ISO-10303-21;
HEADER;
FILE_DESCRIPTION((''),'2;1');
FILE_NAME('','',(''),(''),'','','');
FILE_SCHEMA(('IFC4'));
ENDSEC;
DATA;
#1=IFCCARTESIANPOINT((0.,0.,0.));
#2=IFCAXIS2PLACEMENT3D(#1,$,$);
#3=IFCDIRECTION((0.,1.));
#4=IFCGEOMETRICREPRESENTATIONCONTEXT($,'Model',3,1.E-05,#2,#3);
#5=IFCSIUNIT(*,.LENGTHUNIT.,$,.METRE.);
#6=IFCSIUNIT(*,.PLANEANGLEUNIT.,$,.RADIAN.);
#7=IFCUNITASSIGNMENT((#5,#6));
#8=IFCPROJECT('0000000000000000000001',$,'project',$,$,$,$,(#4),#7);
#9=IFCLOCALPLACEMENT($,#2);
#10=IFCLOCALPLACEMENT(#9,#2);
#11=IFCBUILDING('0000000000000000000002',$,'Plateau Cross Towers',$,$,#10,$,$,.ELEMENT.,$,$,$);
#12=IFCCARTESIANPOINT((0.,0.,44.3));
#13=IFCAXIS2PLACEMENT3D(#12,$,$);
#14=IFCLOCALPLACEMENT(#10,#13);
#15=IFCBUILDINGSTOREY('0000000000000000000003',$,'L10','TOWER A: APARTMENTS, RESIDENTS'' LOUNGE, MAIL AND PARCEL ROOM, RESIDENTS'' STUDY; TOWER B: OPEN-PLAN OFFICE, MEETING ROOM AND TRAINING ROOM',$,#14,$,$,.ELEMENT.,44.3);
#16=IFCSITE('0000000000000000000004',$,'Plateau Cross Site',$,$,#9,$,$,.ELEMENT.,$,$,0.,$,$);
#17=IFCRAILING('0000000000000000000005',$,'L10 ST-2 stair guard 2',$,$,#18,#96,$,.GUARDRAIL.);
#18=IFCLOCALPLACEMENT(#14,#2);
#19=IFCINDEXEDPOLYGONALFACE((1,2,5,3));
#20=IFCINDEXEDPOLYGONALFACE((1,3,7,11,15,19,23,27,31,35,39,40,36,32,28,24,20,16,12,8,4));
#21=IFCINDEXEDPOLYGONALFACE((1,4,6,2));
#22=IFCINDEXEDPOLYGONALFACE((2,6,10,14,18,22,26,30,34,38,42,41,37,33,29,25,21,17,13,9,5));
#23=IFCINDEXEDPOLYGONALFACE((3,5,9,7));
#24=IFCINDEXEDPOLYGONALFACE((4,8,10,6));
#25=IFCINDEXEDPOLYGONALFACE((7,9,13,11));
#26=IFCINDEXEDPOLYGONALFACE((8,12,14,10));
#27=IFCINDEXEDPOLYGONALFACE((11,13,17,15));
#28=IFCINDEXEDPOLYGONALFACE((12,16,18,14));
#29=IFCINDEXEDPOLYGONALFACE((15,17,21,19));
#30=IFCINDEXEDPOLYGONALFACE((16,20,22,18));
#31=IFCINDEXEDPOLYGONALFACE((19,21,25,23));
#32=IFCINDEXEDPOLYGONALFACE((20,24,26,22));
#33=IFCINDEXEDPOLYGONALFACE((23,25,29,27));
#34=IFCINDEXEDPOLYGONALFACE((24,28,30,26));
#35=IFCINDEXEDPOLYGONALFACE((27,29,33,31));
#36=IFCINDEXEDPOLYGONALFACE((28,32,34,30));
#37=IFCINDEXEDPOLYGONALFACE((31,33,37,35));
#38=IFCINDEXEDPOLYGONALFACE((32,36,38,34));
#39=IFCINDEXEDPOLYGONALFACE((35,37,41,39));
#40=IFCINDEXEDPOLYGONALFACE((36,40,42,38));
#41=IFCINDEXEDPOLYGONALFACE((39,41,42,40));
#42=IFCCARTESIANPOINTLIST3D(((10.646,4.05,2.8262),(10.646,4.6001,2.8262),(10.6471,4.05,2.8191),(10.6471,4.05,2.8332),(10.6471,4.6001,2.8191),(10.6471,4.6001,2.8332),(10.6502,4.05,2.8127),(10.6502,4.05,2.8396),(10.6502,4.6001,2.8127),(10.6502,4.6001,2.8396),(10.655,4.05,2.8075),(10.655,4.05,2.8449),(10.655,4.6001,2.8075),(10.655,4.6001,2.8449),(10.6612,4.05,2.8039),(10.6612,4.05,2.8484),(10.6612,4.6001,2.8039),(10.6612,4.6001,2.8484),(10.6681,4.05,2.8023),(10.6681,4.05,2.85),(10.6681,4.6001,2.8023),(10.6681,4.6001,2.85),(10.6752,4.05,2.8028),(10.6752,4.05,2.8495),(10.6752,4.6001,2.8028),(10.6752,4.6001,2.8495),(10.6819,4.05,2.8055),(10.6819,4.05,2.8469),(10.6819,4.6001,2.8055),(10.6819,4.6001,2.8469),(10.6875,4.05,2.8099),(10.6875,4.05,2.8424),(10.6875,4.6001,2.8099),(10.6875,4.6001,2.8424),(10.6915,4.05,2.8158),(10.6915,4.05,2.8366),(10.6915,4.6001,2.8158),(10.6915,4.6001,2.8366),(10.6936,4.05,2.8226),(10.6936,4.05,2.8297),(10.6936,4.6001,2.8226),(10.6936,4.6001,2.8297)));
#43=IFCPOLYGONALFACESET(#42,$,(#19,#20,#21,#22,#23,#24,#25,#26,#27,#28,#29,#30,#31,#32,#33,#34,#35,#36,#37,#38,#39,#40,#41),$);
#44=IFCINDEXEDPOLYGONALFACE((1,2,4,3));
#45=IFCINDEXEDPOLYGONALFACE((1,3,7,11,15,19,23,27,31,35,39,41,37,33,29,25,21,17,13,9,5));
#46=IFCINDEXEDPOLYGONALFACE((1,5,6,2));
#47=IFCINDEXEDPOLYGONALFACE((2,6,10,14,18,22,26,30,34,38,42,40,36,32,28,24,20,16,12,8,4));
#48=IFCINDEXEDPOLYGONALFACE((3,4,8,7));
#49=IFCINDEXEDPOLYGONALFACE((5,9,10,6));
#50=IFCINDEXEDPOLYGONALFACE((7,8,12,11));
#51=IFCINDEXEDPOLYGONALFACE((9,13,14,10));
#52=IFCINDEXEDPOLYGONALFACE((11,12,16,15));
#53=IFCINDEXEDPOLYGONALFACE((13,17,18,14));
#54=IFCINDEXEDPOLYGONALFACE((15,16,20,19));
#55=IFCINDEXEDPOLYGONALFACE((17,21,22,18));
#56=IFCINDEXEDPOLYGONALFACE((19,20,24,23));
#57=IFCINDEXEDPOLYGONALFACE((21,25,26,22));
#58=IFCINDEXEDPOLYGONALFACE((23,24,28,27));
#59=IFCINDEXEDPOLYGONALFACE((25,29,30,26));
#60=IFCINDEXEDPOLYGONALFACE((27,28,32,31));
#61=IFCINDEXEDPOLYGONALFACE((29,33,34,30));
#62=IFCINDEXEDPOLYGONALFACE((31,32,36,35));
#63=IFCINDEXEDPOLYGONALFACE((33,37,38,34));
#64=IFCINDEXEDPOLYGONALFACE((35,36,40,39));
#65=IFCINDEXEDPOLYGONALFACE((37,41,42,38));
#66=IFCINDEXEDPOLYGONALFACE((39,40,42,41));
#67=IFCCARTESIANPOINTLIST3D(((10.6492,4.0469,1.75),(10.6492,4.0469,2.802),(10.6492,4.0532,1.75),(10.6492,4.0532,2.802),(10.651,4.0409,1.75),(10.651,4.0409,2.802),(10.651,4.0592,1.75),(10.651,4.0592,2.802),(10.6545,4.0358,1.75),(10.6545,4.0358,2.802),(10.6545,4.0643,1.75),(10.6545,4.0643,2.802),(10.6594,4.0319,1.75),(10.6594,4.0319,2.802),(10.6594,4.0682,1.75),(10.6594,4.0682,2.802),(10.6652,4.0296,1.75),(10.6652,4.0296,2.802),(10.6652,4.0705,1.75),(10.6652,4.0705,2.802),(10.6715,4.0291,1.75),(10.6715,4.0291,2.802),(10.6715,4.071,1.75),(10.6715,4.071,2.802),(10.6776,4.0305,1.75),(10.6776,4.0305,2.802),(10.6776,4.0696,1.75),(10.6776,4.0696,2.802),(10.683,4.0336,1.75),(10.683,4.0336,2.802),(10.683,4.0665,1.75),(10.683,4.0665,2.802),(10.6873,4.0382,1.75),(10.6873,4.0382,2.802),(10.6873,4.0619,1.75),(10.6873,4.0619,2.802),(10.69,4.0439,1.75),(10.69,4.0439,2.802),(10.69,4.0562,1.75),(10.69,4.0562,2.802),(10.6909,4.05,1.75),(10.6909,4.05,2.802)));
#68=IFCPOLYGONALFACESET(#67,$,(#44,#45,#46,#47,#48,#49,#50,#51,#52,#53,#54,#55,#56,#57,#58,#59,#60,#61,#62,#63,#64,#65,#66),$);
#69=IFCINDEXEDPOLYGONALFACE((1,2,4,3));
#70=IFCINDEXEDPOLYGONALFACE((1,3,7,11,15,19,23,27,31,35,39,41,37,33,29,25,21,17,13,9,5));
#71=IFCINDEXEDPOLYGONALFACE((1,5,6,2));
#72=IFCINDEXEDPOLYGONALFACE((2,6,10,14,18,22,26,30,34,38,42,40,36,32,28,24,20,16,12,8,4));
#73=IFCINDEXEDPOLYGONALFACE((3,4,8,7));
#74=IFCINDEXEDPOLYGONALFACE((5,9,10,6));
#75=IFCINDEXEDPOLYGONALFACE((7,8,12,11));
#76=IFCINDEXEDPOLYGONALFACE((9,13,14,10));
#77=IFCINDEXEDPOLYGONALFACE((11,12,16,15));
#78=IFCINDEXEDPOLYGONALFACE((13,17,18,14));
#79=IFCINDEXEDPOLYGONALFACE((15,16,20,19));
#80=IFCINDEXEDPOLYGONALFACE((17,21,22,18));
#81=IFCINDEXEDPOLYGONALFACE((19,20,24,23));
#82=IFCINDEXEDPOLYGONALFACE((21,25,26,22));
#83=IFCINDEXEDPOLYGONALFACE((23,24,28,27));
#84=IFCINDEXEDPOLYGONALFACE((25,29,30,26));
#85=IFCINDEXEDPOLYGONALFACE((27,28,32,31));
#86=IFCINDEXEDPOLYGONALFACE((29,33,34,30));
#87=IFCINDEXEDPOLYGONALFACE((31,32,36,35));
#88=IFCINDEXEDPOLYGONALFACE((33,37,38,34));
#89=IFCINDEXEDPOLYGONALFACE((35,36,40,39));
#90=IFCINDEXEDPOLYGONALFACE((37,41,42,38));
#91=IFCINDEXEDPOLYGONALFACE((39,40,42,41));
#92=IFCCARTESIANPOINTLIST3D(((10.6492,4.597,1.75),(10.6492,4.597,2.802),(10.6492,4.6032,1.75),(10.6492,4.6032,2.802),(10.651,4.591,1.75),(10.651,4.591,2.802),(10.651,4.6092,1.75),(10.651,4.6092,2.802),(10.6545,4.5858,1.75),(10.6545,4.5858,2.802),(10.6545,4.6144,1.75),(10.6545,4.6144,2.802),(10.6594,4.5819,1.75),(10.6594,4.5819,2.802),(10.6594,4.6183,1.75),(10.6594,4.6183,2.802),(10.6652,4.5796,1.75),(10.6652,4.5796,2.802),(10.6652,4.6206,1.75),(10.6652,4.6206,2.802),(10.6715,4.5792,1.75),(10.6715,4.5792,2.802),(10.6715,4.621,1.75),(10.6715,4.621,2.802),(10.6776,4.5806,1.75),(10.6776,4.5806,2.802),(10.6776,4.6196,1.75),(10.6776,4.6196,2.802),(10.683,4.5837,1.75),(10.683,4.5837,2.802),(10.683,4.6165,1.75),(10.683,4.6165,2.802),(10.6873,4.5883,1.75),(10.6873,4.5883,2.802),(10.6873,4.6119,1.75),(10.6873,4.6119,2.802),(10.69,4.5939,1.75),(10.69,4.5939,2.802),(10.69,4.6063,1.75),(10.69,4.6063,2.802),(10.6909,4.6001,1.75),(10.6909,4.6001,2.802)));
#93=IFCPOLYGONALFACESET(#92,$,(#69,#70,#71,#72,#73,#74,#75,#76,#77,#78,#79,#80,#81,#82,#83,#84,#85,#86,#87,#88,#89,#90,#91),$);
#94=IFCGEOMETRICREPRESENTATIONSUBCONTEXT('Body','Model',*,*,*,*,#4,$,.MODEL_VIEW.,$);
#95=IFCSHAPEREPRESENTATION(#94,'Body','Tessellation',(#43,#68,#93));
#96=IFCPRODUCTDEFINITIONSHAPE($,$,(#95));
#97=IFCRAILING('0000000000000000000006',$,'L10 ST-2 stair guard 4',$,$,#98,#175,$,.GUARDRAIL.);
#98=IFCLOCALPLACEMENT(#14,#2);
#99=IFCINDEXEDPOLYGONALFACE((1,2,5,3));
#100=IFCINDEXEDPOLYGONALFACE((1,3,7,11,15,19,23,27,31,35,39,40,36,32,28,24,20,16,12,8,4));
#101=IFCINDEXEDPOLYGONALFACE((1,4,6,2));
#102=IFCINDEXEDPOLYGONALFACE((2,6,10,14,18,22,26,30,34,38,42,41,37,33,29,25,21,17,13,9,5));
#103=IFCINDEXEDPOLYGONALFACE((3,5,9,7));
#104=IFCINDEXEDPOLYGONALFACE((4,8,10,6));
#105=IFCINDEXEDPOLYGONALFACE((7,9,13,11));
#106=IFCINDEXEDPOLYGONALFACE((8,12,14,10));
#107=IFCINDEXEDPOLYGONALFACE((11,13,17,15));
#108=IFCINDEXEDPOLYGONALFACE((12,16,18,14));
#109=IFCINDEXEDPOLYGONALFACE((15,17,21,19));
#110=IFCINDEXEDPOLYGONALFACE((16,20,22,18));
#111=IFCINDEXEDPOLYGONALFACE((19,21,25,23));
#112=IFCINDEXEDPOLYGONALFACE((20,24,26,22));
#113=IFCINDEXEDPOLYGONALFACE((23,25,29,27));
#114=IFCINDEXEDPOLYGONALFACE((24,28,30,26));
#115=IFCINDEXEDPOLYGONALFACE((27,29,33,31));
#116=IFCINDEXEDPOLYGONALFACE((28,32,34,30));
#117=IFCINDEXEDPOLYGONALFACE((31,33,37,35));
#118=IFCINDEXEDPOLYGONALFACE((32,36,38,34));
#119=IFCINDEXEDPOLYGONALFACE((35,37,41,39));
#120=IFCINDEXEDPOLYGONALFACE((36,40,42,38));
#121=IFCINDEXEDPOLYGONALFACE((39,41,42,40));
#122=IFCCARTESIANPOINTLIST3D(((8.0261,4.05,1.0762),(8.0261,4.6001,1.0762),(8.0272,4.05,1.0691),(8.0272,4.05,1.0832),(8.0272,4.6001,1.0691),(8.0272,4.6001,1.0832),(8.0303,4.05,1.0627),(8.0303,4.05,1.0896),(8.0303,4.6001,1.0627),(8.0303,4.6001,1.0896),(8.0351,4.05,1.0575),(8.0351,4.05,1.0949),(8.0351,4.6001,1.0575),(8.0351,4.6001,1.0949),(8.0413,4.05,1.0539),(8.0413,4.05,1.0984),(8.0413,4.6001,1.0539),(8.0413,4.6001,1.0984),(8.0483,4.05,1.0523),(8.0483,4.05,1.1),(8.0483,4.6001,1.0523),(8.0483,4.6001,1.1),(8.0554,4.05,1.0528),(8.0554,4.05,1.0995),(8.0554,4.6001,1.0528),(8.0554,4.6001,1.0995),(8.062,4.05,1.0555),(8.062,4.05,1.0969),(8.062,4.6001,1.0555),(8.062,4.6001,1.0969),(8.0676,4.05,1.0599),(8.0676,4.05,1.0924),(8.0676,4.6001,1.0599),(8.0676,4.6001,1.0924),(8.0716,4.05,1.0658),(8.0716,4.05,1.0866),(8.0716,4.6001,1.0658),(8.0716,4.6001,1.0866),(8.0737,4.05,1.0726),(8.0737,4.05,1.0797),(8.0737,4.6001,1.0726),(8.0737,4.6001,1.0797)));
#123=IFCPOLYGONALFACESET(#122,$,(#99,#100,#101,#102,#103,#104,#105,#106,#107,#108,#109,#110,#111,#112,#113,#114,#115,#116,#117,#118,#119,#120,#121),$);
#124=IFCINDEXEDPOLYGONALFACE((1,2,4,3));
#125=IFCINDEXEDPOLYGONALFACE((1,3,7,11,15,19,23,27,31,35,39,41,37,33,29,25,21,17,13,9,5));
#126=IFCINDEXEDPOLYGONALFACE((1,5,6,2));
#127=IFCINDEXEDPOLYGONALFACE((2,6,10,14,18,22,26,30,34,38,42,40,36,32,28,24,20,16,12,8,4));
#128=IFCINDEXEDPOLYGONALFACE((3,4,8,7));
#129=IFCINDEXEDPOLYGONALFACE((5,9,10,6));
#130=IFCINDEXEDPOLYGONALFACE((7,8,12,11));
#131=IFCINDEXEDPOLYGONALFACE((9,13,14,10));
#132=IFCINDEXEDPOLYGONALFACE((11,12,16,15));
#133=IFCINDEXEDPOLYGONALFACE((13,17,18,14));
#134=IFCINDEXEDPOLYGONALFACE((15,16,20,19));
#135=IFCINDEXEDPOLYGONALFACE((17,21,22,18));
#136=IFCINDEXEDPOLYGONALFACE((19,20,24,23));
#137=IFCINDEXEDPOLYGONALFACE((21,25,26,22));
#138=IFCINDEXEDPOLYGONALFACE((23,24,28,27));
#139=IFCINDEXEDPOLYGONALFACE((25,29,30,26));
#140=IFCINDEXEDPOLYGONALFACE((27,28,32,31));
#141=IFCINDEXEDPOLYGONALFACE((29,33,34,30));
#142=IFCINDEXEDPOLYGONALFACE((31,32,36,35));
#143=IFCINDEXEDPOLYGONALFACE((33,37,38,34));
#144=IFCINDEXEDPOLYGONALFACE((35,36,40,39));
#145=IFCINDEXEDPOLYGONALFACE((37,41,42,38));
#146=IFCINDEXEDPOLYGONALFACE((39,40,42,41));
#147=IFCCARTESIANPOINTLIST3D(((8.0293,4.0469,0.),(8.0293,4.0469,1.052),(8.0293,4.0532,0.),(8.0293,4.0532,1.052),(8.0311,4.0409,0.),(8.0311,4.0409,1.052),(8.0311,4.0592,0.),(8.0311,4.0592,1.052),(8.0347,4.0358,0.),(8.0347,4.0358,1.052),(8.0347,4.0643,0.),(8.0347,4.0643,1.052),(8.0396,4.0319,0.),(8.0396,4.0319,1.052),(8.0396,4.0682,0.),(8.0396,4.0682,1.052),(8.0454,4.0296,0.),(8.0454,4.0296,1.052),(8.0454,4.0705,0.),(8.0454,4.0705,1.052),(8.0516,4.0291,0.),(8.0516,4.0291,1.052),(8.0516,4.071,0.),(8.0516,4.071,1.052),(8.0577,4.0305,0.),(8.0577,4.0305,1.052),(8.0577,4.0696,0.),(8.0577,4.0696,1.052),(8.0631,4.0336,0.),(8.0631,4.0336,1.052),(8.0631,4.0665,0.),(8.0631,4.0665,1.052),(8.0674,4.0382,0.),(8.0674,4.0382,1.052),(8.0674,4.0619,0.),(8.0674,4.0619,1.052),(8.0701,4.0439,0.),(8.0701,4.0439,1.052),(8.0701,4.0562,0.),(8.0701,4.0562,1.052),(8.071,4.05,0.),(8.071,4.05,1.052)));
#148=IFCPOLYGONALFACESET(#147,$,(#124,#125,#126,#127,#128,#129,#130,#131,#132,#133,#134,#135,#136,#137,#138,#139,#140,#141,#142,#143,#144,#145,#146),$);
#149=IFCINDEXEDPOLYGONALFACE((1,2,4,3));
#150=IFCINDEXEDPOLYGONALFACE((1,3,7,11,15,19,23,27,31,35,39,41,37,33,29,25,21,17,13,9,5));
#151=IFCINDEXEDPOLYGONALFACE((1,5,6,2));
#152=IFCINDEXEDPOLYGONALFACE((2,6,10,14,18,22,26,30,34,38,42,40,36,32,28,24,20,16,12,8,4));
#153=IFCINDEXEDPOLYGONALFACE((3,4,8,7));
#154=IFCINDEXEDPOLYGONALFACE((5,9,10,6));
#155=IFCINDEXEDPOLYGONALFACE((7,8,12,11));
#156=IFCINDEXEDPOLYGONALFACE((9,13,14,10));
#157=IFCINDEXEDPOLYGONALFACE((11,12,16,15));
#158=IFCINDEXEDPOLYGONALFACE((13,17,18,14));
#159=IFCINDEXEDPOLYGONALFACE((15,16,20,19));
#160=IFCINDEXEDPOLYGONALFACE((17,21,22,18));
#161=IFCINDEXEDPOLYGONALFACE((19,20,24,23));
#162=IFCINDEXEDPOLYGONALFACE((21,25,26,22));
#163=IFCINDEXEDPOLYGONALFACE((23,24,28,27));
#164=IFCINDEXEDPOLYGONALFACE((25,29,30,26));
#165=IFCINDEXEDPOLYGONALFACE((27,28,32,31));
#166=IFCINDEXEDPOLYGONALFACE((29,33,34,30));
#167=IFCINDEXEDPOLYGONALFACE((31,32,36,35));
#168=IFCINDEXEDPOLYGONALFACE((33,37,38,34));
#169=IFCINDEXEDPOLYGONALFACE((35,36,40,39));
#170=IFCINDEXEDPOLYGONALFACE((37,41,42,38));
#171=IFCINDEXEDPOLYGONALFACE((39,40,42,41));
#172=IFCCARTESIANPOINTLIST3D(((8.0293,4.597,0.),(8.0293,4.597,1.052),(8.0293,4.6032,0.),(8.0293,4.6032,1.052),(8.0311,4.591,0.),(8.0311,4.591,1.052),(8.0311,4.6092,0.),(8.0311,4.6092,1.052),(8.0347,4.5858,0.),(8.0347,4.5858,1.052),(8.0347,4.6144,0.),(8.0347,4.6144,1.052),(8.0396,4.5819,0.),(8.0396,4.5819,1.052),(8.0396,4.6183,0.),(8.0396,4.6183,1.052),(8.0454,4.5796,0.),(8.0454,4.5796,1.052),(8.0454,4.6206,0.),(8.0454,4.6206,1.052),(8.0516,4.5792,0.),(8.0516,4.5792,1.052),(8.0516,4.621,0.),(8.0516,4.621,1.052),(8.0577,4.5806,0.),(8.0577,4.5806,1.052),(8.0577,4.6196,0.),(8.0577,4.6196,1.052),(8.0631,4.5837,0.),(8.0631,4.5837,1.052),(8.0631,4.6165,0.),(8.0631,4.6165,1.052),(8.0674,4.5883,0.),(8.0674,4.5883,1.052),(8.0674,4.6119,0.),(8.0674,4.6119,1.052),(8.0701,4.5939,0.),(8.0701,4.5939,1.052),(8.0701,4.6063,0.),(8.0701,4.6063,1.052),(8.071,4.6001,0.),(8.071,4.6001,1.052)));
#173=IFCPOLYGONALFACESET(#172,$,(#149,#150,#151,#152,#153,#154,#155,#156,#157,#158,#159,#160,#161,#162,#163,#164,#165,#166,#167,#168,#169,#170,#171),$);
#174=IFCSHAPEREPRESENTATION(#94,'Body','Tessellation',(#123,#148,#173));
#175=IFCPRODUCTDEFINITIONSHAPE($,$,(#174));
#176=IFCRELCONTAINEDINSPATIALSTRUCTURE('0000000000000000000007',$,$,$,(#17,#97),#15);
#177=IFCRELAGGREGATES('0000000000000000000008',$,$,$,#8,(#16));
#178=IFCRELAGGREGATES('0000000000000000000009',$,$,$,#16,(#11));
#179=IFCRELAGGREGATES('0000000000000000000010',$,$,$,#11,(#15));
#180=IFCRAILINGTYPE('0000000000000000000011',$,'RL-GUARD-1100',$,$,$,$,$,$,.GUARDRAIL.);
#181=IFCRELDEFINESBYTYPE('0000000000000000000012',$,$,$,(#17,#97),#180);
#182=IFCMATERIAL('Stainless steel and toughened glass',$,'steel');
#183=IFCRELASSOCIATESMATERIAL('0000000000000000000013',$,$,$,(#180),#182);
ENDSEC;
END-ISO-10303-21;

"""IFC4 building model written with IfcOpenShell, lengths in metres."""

from ifc_helpers import new_model, si_unit, direction, frame, origin, origin_2d, place, context, subcontext, project, spatial, circle, extrude, material, type_object, element, save


model = new_model("IFC4")

# Units and contexts
model_context = context("Model", 3, precision=1e-05, world=origin(), true_north=direction((0.0, 1.0)))
body_context = subcontext(model_context, "Body", "Model", "MODEL_VIEW")
ifc_project = project(units=[si_unit("LENGTHUNIT", "METRE"), si_unit("PLANEANGLEUNIT", "RADIAN")], contexts=[model_context])

# Site, building, storey
site_placement = place(None, origin())
site = spatial("IfcSite", under=ifc_project, at=site_placement, Name="Plateau Cross Site", CompositionType="ELEMENT", RefElevation=0.0)
building_placement = place(site_placement, origin())
building = spatial("IfcBuilding", under=site, at=building_placement, Name="Plateau Cross Towers", CompositionType="ELEMENT")
storey_placement = place(building_placement, frame((0.0, 0.0, 44.3)))
storey = spatial("IfcBuildingStorey", under=building, at=storey_placement, Name="L10", Description="TOWER A: APARTMENTS, RESIDENTS' LOUNGE, MAIL AND PARCEL ROOM, RESIDENTS' STUDY; TOWER B: OPEN-PLAN OFFICE, MEETING ROOM AND TRAINING ROOM", CompositionType="ELEMENT", Elevation=44.3)

# Railings
ifc_material_1 = material(Name="Stainless steel and toughened glass", Category="steel")
railing_type_1 = type_object("IfcRailingType", Name="RL-GUARD-1100", PredefinedType="GUARDRAIL", material=ifc_material_1)
for number, where, name in (
    (1, (10.6699, 4.05, 1.75), "L10 ST-2 stair guard 2"),
    (2, (8.05, 4.05, 0.0), "L10 ST-2 stair guard 4"),
):
    element("IfcRailing", number, at=place(storey_placement, frame(where)), inside=storey, type_object=railing_type_1, Name=name, PredefinedType="GUARDRAIL", context=body_context, shape_type="SweptSolid", body=[
        extrude(circle(Radius=0.0239, at=origin_2d()), frame((0.0, 0.0, 1.0762), z_axis=(0.0, 1.0, 0.0), x_axis=(-1.0, 0.0, 0.0)), (0.0, 0.0, 1.0), 0.55),
        extrude(circle(Radius=0.021, at=origin_2d()), origin(), (0.0, 0.0, 1.0), 1.052),
        extrude(circle(Radius=0.021, at=origin_2d()), frame((0.0, 0.55, 0.0)), (0.0, 0.0, 1.0), 1.052),
    ])

save(model, "model.ifc")
